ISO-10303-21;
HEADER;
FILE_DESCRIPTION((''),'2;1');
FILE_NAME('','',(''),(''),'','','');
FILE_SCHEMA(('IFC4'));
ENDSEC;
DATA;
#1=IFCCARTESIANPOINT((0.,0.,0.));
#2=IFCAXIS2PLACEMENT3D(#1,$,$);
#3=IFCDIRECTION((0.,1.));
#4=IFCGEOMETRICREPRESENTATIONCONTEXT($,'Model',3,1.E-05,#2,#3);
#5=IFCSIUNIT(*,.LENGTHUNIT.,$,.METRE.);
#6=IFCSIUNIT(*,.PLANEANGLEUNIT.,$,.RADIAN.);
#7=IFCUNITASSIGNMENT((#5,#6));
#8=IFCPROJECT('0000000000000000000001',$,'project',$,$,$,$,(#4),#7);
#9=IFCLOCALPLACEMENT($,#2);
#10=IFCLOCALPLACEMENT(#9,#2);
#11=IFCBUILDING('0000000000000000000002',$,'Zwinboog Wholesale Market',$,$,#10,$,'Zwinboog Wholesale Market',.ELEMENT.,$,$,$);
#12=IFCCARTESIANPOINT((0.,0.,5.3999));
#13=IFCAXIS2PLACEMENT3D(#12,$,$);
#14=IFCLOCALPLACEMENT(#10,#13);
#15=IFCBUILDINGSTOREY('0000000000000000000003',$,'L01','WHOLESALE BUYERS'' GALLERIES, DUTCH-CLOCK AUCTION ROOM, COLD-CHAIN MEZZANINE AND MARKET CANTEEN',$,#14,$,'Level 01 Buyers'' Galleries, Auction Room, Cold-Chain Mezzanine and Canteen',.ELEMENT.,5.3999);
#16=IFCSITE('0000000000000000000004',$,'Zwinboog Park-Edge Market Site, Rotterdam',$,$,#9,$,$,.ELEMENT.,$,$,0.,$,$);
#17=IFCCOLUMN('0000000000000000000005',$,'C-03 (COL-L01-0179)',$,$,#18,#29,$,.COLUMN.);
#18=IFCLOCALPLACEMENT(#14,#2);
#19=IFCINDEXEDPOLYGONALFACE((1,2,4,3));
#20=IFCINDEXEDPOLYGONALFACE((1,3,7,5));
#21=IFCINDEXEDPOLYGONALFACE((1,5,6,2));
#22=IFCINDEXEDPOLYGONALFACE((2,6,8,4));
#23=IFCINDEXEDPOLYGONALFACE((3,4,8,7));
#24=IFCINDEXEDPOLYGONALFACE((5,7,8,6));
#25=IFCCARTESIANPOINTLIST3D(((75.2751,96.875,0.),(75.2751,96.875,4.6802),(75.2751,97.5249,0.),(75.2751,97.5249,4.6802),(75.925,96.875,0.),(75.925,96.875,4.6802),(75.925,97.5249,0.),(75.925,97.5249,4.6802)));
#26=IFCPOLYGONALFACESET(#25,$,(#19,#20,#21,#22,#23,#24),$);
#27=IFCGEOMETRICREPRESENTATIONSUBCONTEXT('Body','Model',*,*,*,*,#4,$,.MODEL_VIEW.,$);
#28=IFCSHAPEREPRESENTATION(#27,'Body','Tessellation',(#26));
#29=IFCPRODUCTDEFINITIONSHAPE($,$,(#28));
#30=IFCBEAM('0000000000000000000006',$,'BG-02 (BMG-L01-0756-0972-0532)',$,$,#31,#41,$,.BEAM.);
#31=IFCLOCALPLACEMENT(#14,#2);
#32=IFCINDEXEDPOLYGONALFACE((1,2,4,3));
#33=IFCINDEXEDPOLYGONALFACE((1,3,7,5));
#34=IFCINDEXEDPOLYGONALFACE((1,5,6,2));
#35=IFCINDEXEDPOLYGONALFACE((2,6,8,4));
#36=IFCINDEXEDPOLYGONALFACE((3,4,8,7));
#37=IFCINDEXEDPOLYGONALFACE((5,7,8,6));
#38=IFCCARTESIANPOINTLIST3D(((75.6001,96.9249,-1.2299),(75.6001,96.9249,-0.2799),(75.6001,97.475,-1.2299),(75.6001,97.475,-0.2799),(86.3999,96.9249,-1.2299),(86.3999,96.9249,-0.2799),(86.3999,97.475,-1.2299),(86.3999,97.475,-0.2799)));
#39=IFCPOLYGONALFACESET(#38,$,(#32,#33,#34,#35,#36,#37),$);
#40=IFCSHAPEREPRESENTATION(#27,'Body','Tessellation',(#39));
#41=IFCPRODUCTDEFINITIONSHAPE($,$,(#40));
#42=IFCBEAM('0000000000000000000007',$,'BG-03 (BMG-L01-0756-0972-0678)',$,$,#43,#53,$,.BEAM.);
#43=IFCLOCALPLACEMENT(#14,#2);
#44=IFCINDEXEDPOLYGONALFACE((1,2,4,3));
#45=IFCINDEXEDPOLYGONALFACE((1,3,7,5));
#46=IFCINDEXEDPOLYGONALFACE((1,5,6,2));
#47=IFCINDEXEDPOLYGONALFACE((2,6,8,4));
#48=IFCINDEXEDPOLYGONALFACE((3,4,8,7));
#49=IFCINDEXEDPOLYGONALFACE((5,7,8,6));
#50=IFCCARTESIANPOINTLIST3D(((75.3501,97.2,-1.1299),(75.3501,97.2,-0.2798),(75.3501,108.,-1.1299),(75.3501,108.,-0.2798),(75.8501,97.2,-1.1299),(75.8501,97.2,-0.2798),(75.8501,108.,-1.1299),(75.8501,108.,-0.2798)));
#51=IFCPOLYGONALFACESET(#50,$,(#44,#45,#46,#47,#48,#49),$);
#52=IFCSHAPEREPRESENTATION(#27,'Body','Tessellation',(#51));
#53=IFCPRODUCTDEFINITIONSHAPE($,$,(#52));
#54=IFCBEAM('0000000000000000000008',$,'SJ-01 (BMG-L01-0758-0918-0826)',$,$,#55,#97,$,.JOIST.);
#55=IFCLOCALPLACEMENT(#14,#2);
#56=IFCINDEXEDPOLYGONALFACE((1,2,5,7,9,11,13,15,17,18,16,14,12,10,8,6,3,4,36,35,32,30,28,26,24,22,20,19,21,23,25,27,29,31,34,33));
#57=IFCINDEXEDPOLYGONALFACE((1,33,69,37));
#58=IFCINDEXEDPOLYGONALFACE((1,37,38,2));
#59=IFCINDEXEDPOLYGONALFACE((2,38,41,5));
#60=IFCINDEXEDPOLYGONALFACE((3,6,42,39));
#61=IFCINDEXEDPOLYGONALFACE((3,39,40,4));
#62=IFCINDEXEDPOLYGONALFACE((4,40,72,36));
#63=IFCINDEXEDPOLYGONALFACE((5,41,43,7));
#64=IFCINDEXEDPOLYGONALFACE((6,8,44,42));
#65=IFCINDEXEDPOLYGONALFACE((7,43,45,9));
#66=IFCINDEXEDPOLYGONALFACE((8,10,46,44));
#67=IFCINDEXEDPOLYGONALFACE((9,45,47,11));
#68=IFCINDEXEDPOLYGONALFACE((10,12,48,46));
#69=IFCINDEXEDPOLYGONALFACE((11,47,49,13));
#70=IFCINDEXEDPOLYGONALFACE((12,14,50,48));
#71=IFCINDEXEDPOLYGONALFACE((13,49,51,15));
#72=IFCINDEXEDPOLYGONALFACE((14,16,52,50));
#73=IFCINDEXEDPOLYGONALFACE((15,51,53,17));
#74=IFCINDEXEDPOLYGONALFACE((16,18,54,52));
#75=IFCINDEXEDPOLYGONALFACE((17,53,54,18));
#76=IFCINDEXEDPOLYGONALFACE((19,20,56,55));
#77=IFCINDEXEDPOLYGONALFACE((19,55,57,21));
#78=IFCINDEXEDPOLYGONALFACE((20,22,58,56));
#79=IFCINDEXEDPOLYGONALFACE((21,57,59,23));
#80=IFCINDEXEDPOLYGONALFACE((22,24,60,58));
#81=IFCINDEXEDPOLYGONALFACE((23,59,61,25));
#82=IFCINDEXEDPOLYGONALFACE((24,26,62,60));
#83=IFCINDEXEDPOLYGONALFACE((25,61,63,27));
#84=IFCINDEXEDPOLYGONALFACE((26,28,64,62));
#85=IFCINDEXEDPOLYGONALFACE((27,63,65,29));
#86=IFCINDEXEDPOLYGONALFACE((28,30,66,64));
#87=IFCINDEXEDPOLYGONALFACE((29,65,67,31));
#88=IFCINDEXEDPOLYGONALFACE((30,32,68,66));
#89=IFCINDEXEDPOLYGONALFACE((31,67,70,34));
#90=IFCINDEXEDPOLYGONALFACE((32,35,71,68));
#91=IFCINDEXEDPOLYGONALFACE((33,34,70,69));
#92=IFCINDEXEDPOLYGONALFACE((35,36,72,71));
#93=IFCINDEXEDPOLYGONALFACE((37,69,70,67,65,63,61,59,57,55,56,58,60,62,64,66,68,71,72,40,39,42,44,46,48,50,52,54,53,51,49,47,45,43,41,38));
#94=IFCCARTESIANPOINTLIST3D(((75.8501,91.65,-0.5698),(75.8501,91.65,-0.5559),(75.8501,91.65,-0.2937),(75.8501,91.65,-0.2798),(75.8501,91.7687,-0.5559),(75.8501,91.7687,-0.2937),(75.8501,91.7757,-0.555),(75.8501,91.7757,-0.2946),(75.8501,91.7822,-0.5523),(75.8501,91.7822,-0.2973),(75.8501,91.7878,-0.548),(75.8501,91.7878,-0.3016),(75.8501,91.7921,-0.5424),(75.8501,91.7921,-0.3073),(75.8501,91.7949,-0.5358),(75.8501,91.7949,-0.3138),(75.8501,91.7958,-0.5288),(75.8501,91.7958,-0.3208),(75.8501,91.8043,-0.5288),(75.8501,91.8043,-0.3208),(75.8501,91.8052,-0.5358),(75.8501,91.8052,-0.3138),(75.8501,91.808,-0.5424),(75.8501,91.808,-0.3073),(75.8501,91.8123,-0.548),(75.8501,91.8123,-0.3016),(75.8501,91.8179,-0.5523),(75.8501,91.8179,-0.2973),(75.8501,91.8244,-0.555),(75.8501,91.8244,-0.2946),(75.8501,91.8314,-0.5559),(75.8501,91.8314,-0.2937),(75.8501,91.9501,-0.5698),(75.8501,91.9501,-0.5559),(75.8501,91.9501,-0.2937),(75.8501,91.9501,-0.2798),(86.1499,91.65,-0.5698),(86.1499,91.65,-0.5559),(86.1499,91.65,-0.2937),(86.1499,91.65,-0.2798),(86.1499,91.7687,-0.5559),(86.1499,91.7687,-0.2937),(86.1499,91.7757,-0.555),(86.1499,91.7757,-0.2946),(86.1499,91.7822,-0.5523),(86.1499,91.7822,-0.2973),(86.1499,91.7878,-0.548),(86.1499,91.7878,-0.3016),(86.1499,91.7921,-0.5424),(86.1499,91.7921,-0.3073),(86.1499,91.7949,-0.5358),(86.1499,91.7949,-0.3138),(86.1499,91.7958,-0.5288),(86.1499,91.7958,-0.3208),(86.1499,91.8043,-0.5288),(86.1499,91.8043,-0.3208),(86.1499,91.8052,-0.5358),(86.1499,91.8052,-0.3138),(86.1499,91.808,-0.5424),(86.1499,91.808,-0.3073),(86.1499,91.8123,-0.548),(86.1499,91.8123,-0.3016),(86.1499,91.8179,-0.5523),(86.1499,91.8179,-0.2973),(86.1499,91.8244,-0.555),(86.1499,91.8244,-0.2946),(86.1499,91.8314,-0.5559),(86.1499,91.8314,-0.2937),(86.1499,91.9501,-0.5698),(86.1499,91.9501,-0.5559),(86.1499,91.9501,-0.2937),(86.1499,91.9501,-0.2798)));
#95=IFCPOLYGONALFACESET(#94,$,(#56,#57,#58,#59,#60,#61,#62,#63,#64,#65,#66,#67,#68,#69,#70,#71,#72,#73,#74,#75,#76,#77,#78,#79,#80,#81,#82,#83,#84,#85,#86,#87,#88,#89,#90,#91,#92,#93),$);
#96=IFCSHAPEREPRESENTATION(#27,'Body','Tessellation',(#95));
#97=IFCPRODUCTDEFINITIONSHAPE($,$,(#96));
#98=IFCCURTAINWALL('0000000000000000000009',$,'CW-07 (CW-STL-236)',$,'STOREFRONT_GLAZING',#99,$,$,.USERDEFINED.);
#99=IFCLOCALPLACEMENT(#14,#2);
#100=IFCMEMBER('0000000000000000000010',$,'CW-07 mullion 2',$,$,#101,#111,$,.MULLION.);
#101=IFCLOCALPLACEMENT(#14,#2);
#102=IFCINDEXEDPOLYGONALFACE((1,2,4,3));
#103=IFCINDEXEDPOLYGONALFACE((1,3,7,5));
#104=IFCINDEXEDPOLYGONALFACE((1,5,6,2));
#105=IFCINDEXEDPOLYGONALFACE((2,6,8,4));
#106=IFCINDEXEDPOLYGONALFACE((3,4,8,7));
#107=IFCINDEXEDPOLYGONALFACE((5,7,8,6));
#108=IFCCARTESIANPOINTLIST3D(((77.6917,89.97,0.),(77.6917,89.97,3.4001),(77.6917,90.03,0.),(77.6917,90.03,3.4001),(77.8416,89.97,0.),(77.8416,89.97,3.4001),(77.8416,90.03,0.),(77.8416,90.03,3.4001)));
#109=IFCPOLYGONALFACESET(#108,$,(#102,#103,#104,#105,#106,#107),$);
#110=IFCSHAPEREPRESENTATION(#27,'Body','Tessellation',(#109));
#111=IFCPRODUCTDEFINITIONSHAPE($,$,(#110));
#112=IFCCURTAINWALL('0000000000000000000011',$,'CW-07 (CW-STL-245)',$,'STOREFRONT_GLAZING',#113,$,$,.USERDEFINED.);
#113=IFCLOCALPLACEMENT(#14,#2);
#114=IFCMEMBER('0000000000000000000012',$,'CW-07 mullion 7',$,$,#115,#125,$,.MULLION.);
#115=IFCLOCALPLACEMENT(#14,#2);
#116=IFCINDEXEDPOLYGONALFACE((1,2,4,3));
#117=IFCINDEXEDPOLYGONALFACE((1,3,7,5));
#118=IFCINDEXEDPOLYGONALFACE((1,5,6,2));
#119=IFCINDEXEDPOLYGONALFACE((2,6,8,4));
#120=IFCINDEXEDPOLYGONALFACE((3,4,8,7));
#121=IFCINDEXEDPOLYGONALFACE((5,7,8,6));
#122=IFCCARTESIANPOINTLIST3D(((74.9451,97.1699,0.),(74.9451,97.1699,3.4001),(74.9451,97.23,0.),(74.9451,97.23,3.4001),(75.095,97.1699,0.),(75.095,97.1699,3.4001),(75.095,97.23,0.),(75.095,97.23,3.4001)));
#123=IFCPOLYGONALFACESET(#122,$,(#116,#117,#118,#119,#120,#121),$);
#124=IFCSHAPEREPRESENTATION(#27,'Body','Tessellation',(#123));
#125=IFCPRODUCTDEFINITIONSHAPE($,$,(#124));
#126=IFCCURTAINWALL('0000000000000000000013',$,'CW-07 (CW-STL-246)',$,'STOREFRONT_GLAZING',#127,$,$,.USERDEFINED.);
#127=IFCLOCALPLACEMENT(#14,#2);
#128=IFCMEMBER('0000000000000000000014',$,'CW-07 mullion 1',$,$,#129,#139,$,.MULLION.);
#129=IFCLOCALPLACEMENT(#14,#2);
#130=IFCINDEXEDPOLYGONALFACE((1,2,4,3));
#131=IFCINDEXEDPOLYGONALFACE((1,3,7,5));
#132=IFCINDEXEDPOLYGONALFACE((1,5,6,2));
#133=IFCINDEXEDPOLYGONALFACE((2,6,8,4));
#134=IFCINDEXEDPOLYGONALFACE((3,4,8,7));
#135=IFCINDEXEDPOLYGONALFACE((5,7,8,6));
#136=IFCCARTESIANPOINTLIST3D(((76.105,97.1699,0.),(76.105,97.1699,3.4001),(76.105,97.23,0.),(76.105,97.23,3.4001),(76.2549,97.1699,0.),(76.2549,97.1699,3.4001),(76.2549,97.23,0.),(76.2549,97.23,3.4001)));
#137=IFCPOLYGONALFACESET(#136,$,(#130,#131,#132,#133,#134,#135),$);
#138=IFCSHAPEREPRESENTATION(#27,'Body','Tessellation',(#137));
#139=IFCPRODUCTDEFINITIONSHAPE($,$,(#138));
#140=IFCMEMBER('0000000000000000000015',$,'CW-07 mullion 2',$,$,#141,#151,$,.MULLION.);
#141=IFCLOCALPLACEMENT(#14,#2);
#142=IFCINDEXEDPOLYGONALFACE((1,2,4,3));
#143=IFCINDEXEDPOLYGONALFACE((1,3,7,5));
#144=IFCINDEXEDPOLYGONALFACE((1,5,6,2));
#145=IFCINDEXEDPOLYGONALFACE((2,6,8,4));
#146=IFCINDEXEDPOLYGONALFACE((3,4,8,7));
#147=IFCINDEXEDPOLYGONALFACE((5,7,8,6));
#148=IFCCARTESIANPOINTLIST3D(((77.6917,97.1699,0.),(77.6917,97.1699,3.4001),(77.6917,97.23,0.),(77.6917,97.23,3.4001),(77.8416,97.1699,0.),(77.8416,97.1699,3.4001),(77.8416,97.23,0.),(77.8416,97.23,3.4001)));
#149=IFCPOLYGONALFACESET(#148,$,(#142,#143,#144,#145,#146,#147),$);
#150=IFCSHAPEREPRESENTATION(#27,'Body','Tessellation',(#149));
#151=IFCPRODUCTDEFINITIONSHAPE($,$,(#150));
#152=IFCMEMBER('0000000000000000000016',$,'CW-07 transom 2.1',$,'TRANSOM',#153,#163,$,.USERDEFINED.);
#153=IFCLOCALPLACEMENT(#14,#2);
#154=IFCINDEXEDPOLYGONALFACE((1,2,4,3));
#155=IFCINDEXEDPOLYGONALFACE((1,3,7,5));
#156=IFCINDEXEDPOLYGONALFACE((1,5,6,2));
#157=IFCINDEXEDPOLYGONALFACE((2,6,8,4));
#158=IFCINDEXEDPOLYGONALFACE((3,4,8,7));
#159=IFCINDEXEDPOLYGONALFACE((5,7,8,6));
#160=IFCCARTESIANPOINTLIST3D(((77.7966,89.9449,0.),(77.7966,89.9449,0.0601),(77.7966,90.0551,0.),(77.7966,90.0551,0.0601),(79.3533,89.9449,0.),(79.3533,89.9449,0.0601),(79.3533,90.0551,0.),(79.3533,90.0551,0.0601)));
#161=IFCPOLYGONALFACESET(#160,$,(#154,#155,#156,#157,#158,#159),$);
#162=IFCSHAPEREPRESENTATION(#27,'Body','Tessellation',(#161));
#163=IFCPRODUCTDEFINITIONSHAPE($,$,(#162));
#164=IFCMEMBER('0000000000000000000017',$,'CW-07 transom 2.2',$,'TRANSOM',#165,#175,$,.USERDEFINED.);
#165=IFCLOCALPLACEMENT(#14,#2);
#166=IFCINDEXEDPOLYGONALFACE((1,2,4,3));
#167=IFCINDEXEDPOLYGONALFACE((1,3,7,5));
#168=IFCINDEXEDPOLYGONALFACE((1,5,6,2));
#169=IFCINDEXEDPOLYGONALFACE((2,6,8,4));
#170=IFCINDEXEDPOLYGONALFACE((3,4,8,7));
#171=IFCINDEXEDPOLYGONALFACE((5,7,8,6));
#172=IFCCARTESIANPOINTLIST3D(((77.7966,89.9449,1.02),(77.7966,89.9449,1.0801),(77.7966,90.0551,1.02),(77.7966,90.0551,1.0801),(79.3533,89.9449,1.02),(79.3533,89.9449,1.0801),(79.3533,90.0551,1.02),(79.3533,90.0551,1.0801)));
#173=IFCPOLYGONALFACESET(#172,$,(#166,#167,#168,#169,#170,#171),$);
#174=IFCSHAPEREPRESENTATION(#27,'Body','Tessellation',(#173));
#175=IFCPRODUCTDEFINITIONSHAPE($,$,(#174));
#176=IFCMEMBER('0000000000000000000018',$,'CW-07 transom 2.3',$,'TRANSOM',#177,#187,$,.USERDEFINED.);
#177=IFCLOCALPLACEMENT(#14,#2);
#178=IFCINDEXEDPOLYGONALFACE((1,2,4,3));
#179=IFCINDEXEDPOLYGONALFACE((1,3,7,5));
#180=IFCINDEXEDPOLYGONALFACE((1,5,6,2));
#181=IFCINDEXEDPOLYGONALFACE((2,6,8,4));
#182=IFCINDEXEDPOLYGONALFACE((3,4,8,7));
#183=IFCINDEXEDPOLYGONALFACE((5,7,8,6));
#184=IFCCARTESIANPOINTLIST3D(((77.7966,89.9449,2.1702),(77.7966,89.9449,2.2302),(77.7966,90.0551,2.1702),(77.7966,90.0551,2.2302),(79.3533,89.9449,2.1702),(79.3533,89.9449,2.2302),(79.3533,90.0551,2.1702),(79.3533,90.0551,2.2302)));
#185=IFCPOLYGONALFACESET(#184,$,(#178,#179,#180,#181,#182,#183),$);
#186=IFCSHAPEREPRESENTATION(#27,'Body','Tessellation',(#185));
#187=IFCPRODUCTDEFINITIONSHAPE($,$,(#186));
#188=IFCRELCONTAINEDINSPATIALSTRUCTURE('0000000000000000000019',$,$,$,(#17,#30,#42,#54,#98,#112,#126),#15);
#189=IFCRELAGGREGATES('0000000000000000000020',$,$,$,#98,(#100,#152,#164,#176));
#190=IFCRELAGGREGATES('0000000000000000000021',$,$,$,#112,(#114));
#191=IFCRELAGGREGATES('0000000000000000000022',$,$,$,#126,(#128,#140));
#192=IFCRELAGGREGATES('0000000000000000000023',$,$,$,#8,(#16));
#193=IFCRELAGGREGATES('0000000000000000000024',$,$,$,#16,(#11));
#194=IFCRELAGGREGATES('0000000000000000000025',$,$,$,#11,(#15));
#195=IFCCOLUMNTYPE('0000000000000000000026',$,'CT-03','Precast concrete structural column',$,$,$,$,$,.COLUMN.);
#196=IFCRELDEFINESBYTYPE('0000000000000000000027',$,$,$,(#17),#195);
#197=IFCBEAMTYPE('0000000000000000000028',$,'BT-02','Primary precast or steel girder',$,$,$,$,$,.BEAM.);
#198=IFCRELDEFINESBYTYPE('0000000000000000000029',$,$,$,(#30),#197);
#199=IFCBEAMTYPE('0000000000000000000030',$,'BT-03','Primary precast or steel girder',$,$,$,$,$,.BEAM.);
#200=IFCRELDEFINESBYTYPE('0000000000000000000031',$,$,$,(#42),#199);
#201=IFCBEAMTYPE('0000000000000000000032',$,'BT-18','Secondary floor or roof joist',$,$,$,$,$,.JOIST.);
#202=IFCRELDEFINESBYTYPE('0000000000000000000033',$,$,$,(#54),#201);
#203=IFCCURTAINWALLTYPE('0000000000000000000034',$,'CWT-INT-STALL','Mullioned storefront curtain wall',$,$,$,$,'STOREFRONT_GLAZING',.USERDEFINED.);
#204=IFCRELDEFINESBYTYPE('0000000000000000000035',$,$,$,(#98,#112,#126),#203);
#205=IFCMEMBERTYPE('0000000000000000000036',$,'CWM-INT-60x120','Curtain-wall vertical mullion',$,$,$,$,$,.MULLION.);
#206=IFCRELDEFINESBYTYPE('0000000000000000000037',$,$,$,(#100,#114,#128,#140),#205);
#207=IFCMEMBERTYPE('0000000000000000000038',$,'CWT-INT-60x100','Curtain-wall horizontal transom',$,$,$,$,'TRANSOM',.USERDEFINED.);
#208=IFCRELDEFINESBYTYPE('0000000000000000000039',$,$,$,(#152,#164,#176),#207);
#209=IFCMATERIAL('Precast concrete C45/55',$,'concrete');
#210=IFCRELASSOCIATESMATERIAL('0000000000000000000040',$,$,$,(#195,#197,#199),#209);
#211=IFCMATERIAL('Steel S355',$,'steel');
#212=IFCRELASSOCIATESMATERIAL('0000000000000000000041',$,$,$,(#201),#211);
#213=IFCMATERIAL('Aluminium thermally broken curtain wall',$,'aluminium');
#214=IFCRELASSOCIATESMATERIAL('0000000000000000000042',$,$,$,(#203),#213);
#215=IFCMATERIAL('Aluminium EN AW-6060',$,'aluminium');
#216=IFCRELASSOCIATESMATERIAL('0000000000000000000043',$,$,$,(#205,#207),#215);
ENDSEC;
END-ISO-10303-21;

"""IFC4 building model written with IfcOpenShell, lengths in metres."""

from ifc_helpers import new_model, si_unit, direction, frame, origin, origin_2d, place, context, subcontext, project, spatial, rectangle, i_section, extrude, material, material_profile, profile_set, type_object, element, aggregate, save


model = new_model("IFC4")

# Units and contexts
model_context = context("Model", 3, precision=1e-05, world=origin(), true_north=direction((0.0, 1.0)))
body_context = subcontext(model_context, "Body", "Model", "MODEL_VIEW")
ifc_project = project(units=[si_unit("LENGTHUNIT", "METRE"), si_unit("PLANEANGLEUNIT", "RADIAN")], contexts=[model_context])

# Site, building, storey
site_placement = place(None, origin())
site = spatial("IfcSite", under=ifc_project, at=site_placement, Name="Zwinboog Park-Edge Market Site, Rotterdam", CompositionType="ELEMENT", RefElevation=0.0)
building_placement = place(site_placement, origin())
building = spatial("IfcBuilding", under=site, at=building_placement, Name="Zwinboog Wholesale Market", LongName="Zwinboog Wholesale Market", CompositionType="ELEMENT")
storey_placement = place(building_placement, frame((0.0, 0.0, 5.3999)))
storey = spatial("IfcBuildingStorey", under=building, at=storey_placement, Name="L01", Description="WHOLESALE BUYERS' GALLERIES, DUTCH-CLOCK AUCTION ROOM, COLD-CHAIN MEZZANINE AND MARKET CANTEEN", LongName="Level 01 Buyers' Galleries, Auction Room, Cold-Chain Mezzanine and Canteen", CompositionType="ELEMENT", Elevation=5.3999)

# Column
ifc_material_1 = material(Name="Precast concrete C45/55", Category="concrete")
ifc_material_profile_1 = material_profile(ifc_material_1, rectangle(XDim=0.6499, YDim=0.6499, at=origin_2d()), Name="PC 650x650")
ifc_profile_set_1 = profile_set([ifc_material_profile_1], Name="Precast concrete C45/55")
column_type = type_object("IfcColumnType", Name="CT-03", Description="Precast concrete structural column", PredefinedType="COLUMN", material=ifc_profile_set_1)
column_placement = place(storey_placement, frame((75.6001, 97.2, 0.0), z_axis=(0.0, 0.0, 1.0), x_axis=(1.0, 0.0, 0.0)))
element("IfcColumn", 1, at=column_placement, inside=storey, type_object=column_type, Name="C-03 (COL-L01-0179)", PredefinedType="COLUMN", context=body_context, shape_type="SweptSolid", body=[
    extrude(rectangle(XDim=0.6499, YDim=0.6499, at=origin_2d()), origin(), (0.0, 0.0, 1.0), 4.6802),
])

# Beams
ifc_material_profile_2 = material_profile(ifc_material_1, rectangle(XDim=0.55, YDim=0.95, at=origin_2d()), Name="PC 550x950")
ifc_profile_set_2 = profile_set([ifc_material_profile_2], Name="Precast concrete C45/55")
beam_type_1 = type_object("IfcBeamType", Name="BT-02", Description="Primary precast or steel girder", PredefinedType="BEAM", material=ifc_profile_set_2)
beam_1_placement = place(storey_placement, frame((75.6001, 97.2, -0.7549), z_axis=(1.0, 0.0, 0.0), x_axis=(0.0, 1.0, 0.0)))
element("IfcBeam", 2, at=beam_1_placement, inside=storey, type_object=beam_type_1, Name="BG-02 (BMG-L01-0756-0972-0532)", PredefinedType="BEAM", context=body_context, shape_type="SweptSolid", body=[
    extrude(rectangle(XDim=0.55, YDim=0.95, at=origin_2d()), origin(), (0.0, 0.0, 1.0), 10.7998),
])
ifc_material_profile_3 = material_profile(ifc_material_1, rectangle(XDim=0.5, YDim=0.8501, at=origin_2d()), Name="PC 500x850")
ifc_profile_set_3 = profile_set([ifc_material_profile_3], Name="Precast concrete C45/55")
beam_type_2 = type_object("IfcBeamType", Name="BT-03", Description="Primary precast or steel girder", PredefinedType="BEAM", material=ifc_profile_set_3)
beam_2_placement = place(storey_placement, frame((75.6001, 97.2, -0.7048), z_axis=(0.0, 1.0, 0.0), x_axis=(-1.0, 0.0, 0.0)))
element("IfcBeam", 3, at=beam_2_placement, inside=storey, type_object=beam_type_2, Name="BG-03 (BMG-L01-0756-0972-0678)", PredefinedType="BEAM", context=body_context, shape_type="SweptSolid", body=[
    extrude(rectangle(XDim=0.5, YDim=0.8501, at=origin_2d()), origin(), (0.0, 0.0, 1.0), 10.8),
])
ifc_material_2 = material(Name="Steel S355", Category="steel")
ifc_material_profile_4 = material_profile(ifc_material_2, i_section(OverallWidth=0.3, OverallDepth=0.29, WebThickness=0.0085, FlangeThickness=0.0139, FilletRadius=0.0271, at=origin_2d()), Name="HEA 300")
ifc_profile_set_4 = profile_set([ifc_material_profile_4], Name="Steel S355")
beam_type_3 = type_object("IfcBeamType", Name="BT-18", Description="Secondary floor or roof joist", PredefinedType="JOIST", material=ifc_profile_set_4)
beam_3_placement = place(storey_placement, frame((75.8501, 91.8, -0.4248), z_axis=(1.0, 0.0, 0.0), x_axis=(0.0, 1.0, 0.0)))
element("IfcBeam", 4, at=beam_3_placement, inside=storey, type_object=beam_type_3, Name="SJ-01 (BMG-L01-0758-0918-0826)", PredefinedType="JOIST", context=body_context, shape_type="SweptSolid", body=[
    extrude(i_section(OverallWidth=0.3, OverallDepth=0.29, WebThickness=0.0085, FlangeThickness=0.0139, FilletRadius=0.0271, at=origin_2d()), origin(), (0.0, 0.0, 1.0), 10.2998),
])

# Curtain walls, members
ifc_material_3 = material(Name="Aluminium thermally broken curtain wall", Category="aluminium")
curtain_wall_type = type_object("IfcCurtainWallType", Name="CWT-INT-STALL", Description="Mullioned storefront curtain wall", ElementType="STOREFRONT_GLAZING", PredefinedType="USERDEFINED", material=ifc_material_3)
curtain_wall_1_placement = place(storey_placement, origin())
curtain_wall_1 = element("IfcCurtainWall", 5, at=curtain_wall_1_placement, inside=storey, type_object=curtain_wall_type, Name="CW-07 (CW-STL-236)", ObjectType="STOREFRONT_GLAZING", PredefinedType="USERDEFINED")
ifc_material_4 = material(Name="Aluminium EN AW-6060", Category="aluminium")
ifc_material_profile_5 = material_profile(ifc_material_4, rectangle(XDim=0.0601, YDim=0.1499, at=origin_2d()), Name="AL 60x150")
ifc_profile_set_5 = profile_set([ifc_material_profile_5], Name="Aluminium EN AW-6060")
member_type_1 = type_object("IfcMemberType", Name="CWM-INT-60x120", Description="Curtain-wall vertical mullion", PredefinedType="MULLION", material=ifc_profile_set_5)
member_1_placement = place(storey_placement, frame((77.7666, 90.0, 0.0), z_axis=(0.0, 0.0, 1.0), x_axis=(0.0, 1.0, 0.0)))
member_1 = element("IfcMember", 6, at=member_1_placement, type_object=member_type_1, Name="CW-07 mullion 2", PredefinedType="MULLION", context=body_context, shape_type="SweptSolid", body=[
    extrude(rectangle(XDim=0.0601, YDim=0.1499, at=origin_2d()), origin(), (0.0, 0.0, 1.0), 3.4001),
])
curtain_wall_2_placement = place(storey_placement, origin())
curtain_wall_2 = element("IfcCurtainWall", 7, at=curtain_wall_2_placement, inside=storey, type_object=curtain_wall_type, Name="CW-07 (CW-STL-245)", ObjectType="STOREFRONT_GLAZING", PredefinedType="USERDEFINED")
member_2_placement = place(storey_placement, frame((75.02, 97.2, 0.0), z_axis=(0.0, 0.0, 1.0), x_axis=(0.0, 1.0, 0.0)))
member_2 = element("IfcMember", 8, at=member_2_placement, type_object=member_type_1, Name="CW-07 mullion 7", PredefinedType="MULLION", context=body_context, shape_type="SweptSolid", body=[
    extrude(rectangle(XDim=0.0601, YDim=0.1499, at=origin_2d()), origin(), (0.0, 0.0, 1.0), 3.4001),
])

# Curtain wall, members
curtain_wall_3_placement = place(storey_placement, origin())
curtain_wall_3 = element("IfcCurtainWall", 9, at=curtain_wall_3_placement, inside=storey, type_object=curtain_wall_type, Name="CW-07 (CW-STL-246)", ObjectType="STOREFRONT_GLAZING", PredefinedType="USERDEFINED")
member_3_placement = place(storey_placement, frame((76.1799, 97.2, 0.0), z_axis=(0.0, 0.0, 1.0), x_axis=(0.0, 1.0, 0.0)))
member_3 = element("IfcMember", 10, at=member_3_placement, type_object=member_type_1, Name="CW-07 mullion 1", PredefinedType="MULLION", context=body_context, shape_type="SweptSolid", body=[
    extrude(rectangle(XDim=0.0601, YDim=0.1499, at=origin_2d()), origin(), (0.0, 0.0, 1.0), 3.4001),
])
member_4_placement = place(storey_placement, frame((77.7666, 97.2, 0.0), z_axis=(0.0, 0.0, 1.0), x_axis=(0.0, 1.0, 0.0)))
member_4 = element("IfcMember", 11, at=member_4_placement, type_object=member_type_1, Name="CW-07 mullion 2", PredefinedType="MULLION", context=body_context, shape_type="SweptSolid", body=[
    extrude(rectangle(XDim=0.0601, YDim=0.1499, at=origin_2d()), origin(), (0.0, 0.0, 1.0), 3.4001),
])

# Members
ifc_material_profile_6 = material_profile(ifc_material_4, rectangle(XDim=0.1101, YDim=0.0601, at=origin_2d()), Name="AL 60x110")
ifc_profile_set_6 = profile_set([ifc_material_profile_6], Name="Aluminium EN AW-6060")
member_type_2 = type_object("IfcMemberType", Name="CWT-INT-60x100", Description="Curtain-wall horizontal transom", ElementType="TRANSOM", PredefinedType="USERDEFINED", material=ifc_profile_set_6)
member_5_placement = place(storey_placement, frame((77.7966, 90.0, 0.03), z_axis=(1.0, 0.0, 0.0), x_axis=(0.0, 1.0, 0.0)))
member_5 = element("IfcMember", 12, at=member_5_placement, type_object=member_type_2, Name="CW-07 transom 2.1", ObjectType="TRANSOM", PredefinedType="USERDEFINED", context=body_context, shape_type="SweptSolid", body=[
    extrude(rectangle(XDim=0.1101, YDim=0.0601, at=origin_2d()), origin(), (0.0, 0.0, 1.0), 1.5566),
])
member_6_placement = place(storey_placement, frame((77.7966, 90.0, 1.05), z_axis=(1.0, 0.0, 0.0), x_axis=(0.0, 1.0, 0.0)))
member_6 = element("IfcMember", 13, at=member_6_placement, type_object=member_type_2, Name="CW-07 transom 2.2", ObjectType="TRANSOM", PredefinedType="USERDEFINED", context=body_context, shape_type="SweptSolid", body=[
    extrude(rectangle(XDim=0.1101, YDim=0.0601, at=origin_2d()), origin(), (0.0, 0.0, 1.0), 1.5566),
])
member_7_placement = place(storey_placement, frame((77.7966, 90.0, 2.2002), z_axis=(1.0, 0.0, 0.0), x_axis=(0.0, 1.0, 0.0)))
member_7 = element("IfcMember", 14, at=member_7_placement, type_object=member_type_2, Name="CW-07 transom 2.3", ObjectType="TRANSOM", PredefinedType="USERDEFINED", context=body_context, shape_type="SweptSolid", body=[
    extrude(rectangle(XDim=0.1101, YDim=0.0601, at=origin_2d()), origin(), (0.0, 0.0, 1.0), 1.5566),
])
aggregate(curtain_wall_1, [member_1, member_5, member_6, member_7])

aggregate(curtain_wall_2, [member_2])
aggregate(curtain_wall_3, [member_3, member_4])

save(model, "model.ifc")
